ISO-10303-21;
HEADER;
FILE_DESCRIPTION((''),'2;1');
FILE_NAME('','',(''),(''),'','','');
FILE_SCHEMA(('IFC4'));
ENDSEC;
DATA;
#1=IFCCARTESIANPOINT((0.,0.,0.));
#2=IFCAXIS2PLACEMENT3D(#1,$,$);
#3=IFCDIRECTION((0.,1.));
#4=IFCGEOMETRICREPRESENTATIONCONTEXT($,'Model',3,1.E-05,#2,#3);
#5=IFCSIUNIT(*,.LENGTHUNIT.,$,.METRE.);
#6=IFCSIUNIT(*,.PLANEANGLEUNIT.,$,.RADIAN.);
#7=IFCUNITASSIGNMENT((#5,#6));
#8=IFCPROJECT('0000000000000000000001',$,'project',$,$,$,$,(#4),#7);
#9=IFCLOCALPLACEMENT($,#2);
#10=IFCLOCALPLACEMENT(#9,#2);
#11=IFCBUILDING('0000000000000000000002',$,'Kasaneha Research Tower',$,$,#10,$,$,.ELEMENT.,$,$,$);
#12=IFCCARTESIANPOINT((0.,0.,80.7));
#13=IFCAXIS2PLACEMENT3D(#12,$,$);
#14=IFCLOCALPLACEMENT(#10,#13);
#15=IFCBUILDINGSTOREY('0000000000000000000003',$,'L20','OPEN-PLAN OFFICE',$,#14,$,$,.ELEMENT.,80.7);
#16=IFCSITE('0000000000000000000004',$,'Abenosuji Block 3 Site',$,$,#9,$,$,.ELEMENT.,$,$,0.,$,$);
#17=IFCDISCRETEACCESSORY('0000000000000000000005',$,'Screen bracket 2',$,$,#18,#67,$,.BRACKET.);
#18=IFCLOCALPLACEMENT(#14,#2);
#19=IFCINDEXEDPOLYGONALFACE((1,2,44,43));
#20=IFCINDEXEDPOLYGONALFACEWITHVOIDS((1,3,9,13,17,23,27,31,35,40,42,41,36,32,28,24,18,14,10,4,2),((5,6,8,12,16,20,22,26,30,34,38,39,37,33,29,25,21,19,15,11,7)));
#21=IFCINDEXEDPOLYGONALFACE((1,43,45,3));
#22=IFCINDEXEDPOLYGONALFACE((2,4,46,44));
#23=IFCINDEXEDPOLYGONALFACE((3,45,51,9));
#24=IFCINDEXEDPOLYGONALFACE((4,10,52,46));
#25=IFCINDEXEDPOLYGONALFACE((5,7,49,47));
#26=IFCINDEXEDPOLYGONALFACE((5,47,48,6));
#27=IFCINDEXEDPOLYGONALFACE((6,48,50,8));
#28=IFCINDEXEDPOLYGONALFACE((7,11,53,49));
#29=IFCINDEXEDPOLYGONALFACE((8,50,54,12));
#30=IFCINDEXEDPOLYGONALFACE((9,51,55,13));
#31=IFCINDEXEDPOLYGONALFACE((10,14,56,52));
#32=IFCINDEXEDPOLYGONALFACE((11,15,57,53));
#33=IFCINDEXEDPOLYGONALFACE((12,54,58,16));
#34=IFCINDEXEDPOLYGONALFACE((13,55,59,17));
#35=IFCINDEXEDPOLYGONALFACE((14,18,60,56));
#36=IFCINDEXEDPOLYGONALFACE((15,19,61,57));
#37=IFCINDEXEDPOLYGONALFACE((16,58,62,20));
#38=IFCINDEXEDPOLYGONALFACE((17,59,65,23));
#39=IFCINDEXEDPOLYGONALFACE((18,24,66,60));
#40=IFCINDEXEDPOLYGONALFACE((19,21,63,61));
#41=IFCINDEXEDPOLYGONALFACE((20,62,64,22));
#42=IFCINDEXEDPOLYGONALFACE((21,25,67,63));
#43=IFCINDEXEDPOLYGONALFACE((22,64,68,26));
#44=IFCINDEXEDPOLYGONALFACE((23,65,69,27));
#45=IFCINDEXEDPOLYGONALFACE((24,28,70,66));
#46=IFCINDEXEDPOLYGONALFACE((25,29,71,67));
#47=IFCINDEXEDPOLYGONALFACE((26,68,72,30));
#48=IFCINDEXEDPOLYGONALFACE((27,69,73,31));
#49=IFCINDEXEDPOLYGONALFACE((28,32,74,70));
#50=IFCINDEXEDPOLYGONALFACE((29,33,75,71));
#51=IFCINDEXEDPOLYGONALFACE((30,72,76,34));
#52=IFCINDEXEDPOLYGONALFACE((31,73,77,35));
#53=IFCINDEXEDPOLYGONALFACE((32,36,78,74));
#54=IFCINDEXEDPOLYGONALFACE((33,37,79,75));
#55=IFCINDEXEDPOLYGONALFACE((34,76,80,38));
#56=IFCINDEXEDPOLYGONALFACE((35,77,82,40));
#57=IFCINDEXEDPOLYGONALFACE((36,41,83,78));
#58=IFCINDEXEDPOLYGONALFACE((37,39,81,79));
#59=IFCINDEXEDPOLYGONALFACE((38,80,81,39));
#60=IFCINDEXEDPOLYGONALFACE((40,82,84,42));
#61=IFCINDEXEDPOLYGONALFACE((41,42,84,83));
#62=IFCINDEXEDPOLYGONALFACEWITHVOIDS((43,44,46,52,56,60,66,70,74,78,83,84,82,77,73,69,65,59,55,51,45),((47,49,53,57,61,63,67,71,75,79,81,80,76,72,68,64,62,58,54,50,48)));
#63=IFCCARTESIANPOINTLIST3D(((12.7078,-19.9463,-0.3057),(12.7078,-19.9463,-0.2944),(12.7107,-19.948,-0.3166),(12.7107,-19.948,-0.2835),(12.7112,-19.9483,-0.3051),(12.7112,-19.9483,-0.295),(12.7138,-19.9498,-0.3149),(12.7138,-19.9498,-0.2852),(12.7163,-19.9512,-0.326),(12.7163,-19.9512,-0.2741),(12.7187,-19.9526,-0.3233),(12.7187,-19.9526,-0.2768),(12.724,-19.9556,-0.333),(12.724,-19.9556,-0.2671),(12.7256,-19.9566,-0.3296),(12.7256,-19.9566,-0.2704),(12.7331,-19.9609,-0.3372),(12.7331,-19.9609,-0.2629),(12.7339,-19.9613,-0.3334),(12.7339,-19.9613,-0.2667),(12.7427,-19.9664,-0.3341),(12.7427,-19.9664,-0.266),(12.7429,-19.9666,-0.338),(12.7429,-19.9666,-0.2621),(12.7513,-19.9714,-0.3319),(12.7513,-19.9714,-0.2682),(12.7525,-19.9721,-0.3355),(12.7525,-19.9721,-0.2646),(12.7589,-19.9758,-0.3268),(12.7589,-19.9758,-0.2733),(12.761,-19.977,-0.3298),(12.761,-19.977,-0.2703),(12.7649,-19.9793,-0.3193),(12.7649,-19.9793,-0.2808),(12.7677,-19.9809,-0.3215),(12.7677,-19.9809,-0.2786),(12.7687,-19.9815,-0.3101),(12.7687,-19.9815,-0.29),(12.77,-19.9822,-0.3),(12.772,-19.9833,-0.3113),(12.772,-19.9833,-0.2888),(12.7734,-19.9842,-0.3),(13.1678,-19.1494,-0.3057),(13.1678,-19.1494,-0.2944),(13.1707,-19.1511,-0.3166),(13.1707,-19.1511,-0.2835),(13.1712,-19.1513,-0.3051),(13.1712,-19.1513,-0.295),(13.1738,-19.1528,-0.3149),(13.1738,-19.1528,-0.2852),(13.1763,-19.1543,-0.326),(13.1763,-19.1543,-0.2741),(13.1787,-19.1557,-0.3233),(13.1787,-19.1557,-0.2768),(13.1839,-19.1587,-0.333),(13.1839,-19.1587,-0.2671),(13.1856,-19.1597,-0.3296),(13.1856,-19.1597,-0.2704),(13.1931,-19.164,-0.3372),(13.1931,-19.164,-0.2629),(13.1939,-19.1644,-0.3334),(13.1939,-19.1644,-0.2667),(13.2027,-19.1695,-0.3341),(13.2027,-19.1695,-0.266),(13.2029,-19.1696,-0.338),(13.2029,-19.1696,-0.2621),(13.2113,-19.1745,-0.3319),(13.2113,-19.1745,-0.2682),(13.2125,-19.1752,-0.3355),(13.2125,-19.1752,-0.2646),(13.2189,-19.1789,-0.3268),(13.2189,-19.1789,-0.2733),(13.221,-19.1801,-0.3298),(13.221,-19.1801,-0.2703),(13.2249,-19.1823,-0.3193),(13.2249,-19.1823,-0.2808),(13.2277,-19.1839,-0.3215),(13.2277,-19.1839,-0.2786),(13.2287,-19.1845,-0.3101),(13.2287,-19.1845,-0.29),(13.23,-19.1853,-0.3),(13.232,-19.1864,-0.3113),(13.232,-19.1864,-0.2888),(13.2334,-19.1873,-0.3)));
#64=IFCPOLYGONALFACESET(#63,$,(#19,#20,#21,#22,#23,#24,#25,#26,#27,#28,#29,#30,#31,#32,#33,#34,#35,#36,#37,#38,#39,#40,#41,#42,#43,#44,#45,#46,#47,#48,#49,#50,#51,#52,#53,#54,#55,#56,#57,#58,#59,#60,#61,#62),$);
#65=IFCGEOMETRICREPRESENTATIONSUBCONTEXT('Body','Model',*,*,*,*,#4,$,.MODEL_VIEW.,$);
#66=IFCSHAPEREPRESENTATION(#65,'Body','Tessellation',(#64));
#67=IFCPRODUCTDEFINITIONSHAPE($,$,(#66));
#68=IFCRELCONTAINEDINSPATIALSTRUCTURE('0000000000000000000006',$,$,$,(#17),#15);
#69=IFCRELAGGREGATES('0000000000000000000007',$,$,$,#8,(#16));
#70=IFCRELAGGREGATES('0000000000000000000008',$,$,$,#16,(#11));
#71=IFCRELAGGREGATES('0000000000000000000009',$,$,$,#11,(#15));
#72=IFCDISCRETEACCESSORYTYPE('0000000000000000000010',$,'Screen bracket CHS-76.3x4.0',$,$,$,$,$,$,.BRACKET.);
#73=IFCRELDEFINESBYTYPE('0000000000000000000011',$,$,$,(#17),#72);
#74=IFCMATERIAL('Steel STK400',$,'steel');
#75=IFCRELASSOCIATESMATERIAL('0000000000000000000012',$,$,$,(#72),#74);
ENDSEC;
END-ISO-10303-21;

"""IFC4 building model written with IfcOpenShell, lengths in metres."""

from ifc_helpers import new_model, si_unit, direction, frame, origin, origin_2d, place, context, subcontext, project, spatial, hollow_circle, extrude, material, material_profile, profile_set, type_object, element, save


model = new_model("IFC4")

# Units and contexts
model_context = context("Model", 3, precision=1e-05, world=origin(), true_north=direction((0.0, 1.0)))
body_context = subcontext(model_context, "Body", "Model", "MODEL_VIEW")
ifc_project = project(units=[si_unit("LENGTHUNIT", "METRE"), si_unit("PLANEANGLEUNIT", "RADIAN")], contexts=[model_context])

# Site, building, storey
site_placement = place(None, origin())
site = spatial("IfcSite", under=ifc_project, at=site_placement, Name="Abenosuji Block 3 Site", CompositionType="ELEMENT", RefElevation=0.0)
building_placement = place(site_placement, origin())
building = spatial("IfcBuilding", under=site, at=building_placement, Name="Kasaneha Research Tower", CompositionType="ELEMENT")
storey_placement = place(building_placement, frame((0.0, 0.0, 80.7)))
storey = spatial("IfcBuildingStorey", under=building, at=storey_placement, Name="L20", Description="OPEN-PLAN OFFICE", CompositionType="ELEMENT", Elevation=80.7)

# Discrete accessory
ifc_material_1 = material(Name="Steel STK400", Category="steel")
ifc_material_profile_1 = material_profile(ifc_material_1, hollow_circle(Radius=0.0381, WallThickness=0.0039, at=origin_2d()), Name="CHS-76.3x4.0")
ifc_profile_set_1 = profile_set([ifc_material_profile_1], Name="Steel STK400")
discrete_accessory_type = type_object("IfcDiscreteAccessoryType", Name="Screen bracket CHS-76.3x4.0", PredefinedType="BRACKET", material=ifc_profile_set_1)
discrete_accessory_placement = place(storey_placement, frame((13.2004, -19.1682, -0.3), z_axis=(-0.499906, -0.86608, 0.0), x_axis=(0.86608, -0.499906, 0.0)))
element("IfcDiscreteAccessory", 1, at=discrete_accessory_placement, inside=storey, type_object=discrete_accessory_type, Name="Screen bracket 2", PredefinedType="BRACKET", context=body_context, shape_type="SweptSolid", body=[
    extrude(hollow_circle(Radius=0.0381, WallThickness=0.0039, at=origin_2d()), origin(), (0.0, 0.0, 1.0), 0.9202),
])

save(model, "model.ifc")
